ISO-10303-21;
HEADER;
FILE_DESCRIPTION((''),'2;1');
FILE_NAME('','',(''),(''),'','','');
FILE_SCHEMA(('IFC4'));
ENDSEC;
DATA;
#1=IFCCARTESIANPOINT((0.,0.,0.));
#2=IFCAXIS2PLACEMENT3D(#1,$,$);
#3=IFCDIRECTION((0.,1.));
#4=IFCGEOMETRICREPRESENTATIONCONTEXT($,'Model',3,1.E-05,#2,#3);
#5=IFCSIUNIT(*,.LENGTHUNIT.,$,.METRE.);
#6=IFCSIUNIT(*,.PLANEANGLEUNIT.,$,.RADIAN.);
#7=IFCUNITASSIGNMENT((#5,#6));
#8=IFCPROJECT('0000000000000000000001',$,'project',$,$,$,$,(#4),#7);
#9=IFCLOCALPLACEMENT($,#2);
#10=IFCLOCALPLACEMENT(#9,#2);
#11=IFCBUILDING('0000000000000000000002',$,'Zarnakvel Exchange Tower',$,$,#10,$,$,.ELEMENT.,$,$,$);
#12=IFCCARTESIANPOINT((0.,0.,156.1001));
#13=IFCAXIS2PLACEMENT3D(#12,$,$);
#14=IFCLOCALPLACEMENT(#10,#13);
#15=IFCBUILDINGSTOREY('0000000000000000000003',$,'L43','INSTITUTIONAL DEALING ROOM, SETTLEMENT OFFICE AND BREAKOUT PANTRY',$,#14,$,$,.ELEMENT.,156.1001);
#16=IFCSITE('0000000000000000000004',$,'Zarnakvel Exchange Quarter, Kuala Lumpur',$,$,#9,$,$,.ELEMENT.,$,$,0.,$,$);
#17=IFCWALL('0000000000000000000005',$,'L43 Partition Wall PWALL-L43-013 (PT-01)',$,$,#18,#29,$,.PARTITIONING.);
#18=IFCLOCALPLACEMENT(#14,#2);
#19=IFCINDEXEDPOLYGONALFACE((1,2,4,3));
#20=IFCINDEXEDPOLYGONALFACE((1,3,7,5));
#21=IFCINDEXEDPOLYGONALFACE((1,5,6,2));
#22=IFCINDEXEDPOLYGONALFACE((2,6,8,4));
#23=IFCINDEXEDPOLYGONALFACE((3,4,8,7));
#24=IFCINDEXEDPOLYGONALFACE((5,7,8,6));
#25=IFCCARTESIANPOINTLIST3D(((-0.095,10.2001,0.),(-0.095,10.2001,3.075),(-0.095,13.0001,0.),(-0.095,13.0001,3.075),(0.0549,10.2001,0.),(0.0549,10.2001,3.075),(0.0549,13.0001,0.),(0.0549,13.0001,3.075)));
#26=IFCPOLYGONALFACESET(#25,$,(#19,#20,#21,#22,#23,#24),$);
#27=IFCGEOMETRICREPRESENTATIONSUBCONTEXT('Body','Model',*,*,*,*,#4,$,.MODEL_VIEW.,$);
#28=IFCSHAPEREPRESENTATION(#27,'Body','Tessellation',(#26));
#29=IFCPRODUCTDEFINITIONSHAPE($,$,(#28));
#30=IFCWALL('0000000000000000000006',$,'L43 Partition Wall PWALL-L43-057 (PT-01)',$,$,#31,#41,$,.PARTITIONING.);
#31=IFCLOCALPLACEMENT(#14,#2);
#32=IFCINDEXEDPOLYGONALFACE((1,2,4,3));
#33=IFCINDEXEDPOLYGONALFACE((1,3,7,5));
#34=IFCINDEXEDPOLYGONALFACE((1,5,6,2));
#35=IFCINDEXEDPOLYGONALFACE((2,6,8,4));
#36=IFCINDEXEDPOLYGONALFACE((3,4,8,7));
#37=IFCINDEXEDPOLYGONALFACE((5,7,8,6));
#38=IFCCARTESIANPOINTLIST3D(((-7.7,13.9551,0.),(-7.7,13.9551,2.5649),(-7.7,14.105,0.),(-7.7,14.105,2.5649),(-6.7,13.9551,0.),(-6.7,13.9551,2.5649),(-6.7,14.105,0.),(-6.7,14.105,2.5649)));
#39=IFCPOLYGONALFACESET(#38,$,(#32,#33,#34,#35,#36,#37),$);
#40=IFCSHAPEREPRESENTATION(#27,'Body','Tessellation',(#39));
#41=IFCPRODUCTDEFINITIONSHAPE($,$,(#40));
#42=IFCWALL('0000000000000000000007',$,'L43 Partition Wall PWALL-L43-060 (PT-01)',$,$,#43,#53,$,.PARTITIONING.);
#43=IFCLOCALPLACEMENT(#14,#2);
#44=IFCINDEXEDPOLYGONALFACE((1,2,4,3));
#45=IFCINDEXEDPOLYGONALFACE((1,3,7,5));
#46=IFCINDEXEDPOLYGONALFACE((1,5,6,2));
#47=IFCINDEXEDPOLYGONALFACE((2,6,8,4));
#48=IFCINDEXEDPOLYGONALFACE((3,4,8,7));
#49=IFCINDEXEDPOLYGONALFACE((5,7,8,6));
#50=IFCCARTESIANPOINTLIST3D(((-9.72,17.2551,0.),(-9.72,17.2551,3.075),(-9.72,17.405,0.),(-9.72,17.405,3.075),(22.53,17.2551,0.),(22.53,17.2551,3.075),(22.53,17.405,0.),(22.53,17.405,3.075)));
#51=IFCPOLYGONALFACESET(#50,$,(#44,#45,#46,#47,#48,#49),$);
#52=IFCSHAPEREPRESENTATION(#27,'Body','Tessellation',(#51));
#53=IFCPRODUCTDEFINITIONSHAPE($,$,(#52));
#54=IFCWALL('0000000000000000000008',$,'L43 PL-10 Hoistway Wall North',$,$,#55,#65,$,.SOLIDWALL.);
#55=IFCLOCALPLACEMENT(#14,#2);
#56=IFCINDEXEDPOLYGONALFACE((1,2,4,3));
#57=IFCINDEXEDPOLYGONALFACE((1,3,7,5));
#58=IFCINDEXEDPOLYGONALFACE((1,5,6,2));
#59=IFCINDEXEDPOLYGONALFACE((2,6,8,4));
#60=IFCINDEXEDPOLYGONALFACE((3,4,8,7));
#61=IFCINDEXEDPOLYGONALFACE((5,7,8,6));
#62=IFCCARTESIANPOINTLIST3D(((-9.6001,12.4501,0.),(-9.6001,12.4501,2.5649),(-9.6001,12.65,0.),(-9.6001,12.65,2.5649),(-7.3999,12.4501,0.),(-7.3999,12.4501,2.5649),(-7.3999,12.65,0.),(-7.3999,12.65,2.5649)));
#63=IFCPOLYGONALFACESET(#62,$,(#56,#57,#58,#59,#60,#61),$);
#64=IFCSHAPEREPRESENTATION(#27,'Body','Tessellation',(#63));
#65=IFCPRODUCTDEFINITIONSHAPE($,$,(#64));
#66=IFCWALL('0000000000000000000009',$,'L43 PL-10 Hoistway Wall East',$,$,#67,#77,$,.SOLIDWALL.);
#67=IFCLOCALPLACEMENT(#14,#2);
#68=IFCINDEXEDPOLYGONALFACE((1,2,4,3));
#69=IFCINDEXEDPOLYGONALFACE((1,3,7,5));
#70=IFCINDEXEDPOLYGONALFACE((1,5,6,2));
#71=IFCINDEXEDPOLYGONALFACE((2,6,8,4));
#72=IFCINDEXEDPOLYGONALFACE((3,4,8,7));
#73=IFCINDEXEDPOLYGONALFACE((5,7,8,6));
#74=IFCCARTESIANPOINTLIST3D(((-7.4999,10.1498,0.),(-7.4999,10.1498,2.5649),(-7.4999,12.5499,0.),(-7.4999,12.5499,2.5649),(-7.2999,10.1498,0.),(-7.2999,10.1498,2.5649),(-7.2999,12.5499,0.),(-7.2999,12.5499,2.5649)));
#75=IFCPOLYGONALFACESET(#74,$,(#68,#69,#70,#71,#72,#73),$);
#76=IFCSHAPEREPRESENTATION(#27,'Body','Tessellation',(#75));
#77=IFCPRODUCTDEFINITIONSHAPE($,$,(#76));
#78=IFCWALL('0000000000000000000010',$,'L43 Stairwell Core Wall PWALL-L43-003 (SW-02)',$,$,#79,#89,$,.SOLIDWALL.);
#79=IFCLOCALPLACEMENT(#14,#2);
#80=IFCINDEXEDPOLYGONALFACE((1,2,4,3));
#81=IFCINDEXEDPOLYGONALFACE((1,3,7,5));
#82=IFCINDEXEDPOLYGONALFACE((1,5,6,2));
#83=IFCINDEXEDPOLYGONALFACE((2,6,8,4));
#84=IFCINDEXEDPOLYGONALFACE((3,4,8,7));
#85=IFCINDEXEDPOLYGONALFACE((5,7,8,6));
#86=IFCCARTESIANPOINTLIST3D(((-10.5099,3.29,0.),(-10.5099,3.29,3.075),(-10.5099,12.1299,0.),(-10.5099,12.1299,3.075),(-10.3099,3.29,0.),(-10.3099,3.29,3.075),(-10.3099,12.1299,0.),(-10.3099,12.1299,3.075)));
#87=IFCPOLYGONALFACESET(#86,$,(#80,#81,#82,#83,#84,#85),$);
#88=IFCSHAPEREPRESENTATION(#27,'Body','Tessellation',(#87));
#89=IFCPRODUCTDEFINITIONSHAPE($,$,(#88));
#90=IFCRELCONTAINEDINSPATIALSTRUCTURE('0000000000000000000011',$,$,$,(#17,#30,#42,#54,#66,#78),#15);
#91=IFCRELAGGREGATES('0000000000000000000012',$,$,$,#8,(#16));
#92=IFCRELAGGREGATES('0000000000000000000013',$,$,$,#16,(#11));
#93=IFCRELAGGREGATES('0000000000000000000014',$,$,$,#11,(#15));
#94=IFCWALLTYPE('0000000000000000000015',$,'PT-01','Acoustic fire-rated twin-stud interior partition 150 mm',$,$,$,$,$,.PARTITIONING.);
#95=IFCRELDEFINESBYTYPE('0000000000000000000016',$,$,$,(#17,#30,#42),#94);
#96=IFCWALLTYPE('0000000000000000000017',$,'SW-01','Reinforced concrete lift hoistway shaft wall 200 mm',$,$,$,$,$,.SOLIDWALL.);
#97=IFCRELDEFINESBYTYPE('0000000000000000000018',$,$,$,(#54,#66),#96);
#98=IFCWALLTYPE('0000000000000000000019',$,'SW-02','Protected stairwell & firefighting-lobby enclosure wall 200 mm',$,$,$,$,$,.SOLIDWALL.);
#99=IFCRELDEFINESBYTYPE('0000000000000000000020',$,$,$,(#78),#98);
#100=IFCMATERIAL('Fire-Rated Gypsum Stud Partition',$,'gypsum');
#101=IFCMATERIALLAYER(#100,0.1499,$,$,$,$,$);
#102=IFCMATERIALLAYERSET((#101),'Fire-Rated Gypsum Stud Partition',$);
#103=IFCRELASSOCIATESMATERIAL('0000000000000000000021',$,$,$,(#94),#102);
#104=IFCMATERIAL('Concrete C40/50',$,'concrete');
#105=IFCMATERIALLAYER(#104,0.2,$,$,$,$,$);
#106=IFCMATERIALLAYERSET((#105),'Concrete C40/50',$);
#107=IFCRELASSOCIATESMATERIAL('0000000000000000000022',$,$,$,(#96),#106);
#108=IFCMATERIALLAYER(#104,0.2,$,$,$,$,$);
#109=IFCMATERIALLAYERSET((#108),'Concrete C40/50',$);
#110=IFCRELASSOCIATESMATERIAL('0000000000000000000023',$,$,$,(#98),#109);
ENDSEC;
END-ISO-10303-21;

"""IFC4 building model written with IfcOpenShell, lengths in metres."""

from ifc_helpers import new_model, si_unit, direction, frame, frame_2d, origin, place, context, subcontext, project, spatial, rectangle, extrude, material, layer, layer_set, type_object, element, save


model = new_model("IFC4")

# Units and contexts
model_context = context("Model", 3, precision=1e-05, world=origin(), true_north=direction((0.0, 1.0)))
body_context = subcontext(model_context, "Body", "Model", "MODEL_VIEW")
ifc_project = project(units=[si_unit("LENGTHUNIT", "METRE"), si_unit("PLANEANGLEUNIT", "RADIAN")], contexts=[model_context])

# Site, building, storey
site_placement = place(None, origin())
site = spatial("IfcSite", under=ifc_project, at=site_placement, Name="Zarnakvel Exchange Quarter, Kuala Lumpur", CompositionType="ELEMENT", RefElevation=0.0)
building_placement = place(site_placement, origin())
building = spatial("IfcBuilding", under=site, at=building_placement, Name="Zarnakvel Exchange Tower", CompositionType="ELEMENT")
storey_placement = place(building_placement, frame((0.0, 0.0, 156.1001)))
storey = spatial("IfcBuildingStorey", under=building, at=storey_placement, Name="L43", Description="INSTITUTIONAL DEALING ROOM, SETTLEMENT OFFICE AND BREAKOUT PANTRY", CompositionType="ELEMENT", Elevation=156.1001)

# Shared definitions
ifc_material_1 = material(Name="Fire-Rated Gypsum Stud Partition", Category="gypsum")
ifc_layer_1 = layer(ifc_material_1, 0.1499)
ifc_layer_set_1 = layer_set([ifc_layer_1], Name="Fire-Rated Gypsum Stud Partition")
wall_type_1 = type_object("IfcWallType", Name="PT-01", Description="Acoustic fire-rated twin-stud interior partition 150 mm", PredefinedType="PARTITIONING", material=ifc_layer_set_1)

# Walls
for number, where, z_axis, x_axis, name in (
    (1, (-0.02, 13.0, 0.0), (0.0, 0.0, 1.0), (0.0, -1.0, 0.0), "L43 Partition Wall PWALL-L43-013 (PT-01)"),
):
    element("IfcWall", number, at=place(storey_placement, frame(where, z_axis=z_axis, x_axis=x_axis)), inside=storey, type_object=wall_type_1, Name=name, PredefinedType="PARTITIONING", context=body_context, shape_type="SweptSolid", body=[
        extrude(rectangle(XDim=2.8, YDim=0.1499, at=frame_2d((1.3999, 0.0))), origin(), (0.0, 0.0, 1.0), 3.075),
    ])
wall_1_placement = place(storey_placement, frame((-6.7, 14.03, 0.0), z_axis=(0.0, 0.0, 1.0), x_axis=(-1.0, 0.0, 0.0)))
element("IfcWall", 2, at=wall_1_placement, inside=storey, type_object=wall_type_1, Name="L43 Partition Wall PWALL-L43-057 (PT-01)", PredefinedType="PARTITIONING", context=body_context, shape_type="SweptSolid", body=[
    extrude(rectangle(XDim=1.0, YDim=0.1499, at=frame_2d((0.5, 0.0))), origin(), (0.0, 0.0, 1.0), 2.5649),
])
wall_2_placement = place(storey_placement, frame((-9.72, 17.3301, 0.0), z_axis=(0.0, 0.0, 1.0), x_axis=(1.0, 0.0, 0.0)))
element("IfcWall", 3, at=wall_2_placement, inside=storey, type_object=wall_type_1, Name="L43 Partition Wall PWALL-L43-060 (PT-01)", PredefinedType="PARTITIONING", context=body_context, shape_type="SweptSolid", body=[
    extrude(rectangle(XDim=32.25, YDim=0.1499, at=frame_2d((16.125, 0.0))), origin(), (0.0, 0.0, 1.0), 3.075),
])

# Walls
ifc_material_2 = material(Name="Concrete C40/50", Category="concrete")
ifc_layer_2 = layer(ifc_material_2, 0.2)
ifc_layer_set_2 = layer_set([ifc_layer_2], Name="Concrete C40/50")
wall_type_2 = type_object("IfcWallType", Name="SW-01", Description="Reinforced concrete lift hoistway shaft wall 200 mm", PredefinedType="SOLIDWALL", material=ifc_layer_set_2)
wall_3_placement = place(storey_placement, frame((-9.6001, 12.55, 0.0), z_axis=(0.0, 0.0, 1.0), x_axis=(1.0, 0.0, 0.0)))
element("IfcWall", 4, at=wall_3_placement, inside=storey, type_object=wall_type_2, Name="L43 PL-10 Hoistway Wall North", PredefinedType="SOLIDWALL", context=body_context, shape_type="SweptSolid", body=[
    extrude(rectangle(XDim=2.2002, YDim=0.2, at=frame_2d((1.1001, 0.0))), origin(), (0.0, 0.0, 1.0), 2.5649),
])
wall_4_placement = place(storey_placement, frame((-7.3999, 12.55, 0.0), z_axis=(0.0, 0.0, 1.0), x_axis=(0.0, -1.0, 0.0)))
element("IfcWall", 5, at=wall_4_placement, inside=storey, type_object=wall_type_2, Name="L43 PL-10 Hoistway Wall East", PredefinedType="SOLIDWALL", context=body_context, shape_type="SweptSolid", body=[
    extrude(rectangle(XDim=2.4001, YDim=0.2, at=frame_2d((1.2002, 0.0))), origin(), (0.0, 0.0, 1.0), 2.5649),
])
ifc_layer_3 = layer(ifc_material_2, 0.2)
ifc_layer_set_3 = layer_set([ifc_layer_3], Name="Concrete C40/50")
wall_type_3 = type_object("IfcWallType", Name="SW-02", Description="Protected stairwell & firefighting-lobby enclosure wall 200 mm", PredefinedType="SOLIDWALL", material=ifc_layer_set_3)
wall_5_placement = place(storey_placement, frame((-10.4099, 12.1299, 0.0), z_axis=(0.0, 0.0, 1.0), x_axis=(0.0, -1.0, 0.0)))
element("IfcWall", 6, at=wall_5_placement, inside=storey, type_object=wall_type_3, Name="L43 Stairwell Core Wall PWALL-L43-003 (SW-02)", PredefinedType="SOLIDWALL", context=body_context, shape_type="SweptSolid", body=[
    extrude(rectangle(XDim=8.8398, YDim=0.2, at=frame_2d((4.4199, 0.0))), origin(), (0.0, 0.0, 1.0), 3.075),
])

save(model, "model.ifc")
